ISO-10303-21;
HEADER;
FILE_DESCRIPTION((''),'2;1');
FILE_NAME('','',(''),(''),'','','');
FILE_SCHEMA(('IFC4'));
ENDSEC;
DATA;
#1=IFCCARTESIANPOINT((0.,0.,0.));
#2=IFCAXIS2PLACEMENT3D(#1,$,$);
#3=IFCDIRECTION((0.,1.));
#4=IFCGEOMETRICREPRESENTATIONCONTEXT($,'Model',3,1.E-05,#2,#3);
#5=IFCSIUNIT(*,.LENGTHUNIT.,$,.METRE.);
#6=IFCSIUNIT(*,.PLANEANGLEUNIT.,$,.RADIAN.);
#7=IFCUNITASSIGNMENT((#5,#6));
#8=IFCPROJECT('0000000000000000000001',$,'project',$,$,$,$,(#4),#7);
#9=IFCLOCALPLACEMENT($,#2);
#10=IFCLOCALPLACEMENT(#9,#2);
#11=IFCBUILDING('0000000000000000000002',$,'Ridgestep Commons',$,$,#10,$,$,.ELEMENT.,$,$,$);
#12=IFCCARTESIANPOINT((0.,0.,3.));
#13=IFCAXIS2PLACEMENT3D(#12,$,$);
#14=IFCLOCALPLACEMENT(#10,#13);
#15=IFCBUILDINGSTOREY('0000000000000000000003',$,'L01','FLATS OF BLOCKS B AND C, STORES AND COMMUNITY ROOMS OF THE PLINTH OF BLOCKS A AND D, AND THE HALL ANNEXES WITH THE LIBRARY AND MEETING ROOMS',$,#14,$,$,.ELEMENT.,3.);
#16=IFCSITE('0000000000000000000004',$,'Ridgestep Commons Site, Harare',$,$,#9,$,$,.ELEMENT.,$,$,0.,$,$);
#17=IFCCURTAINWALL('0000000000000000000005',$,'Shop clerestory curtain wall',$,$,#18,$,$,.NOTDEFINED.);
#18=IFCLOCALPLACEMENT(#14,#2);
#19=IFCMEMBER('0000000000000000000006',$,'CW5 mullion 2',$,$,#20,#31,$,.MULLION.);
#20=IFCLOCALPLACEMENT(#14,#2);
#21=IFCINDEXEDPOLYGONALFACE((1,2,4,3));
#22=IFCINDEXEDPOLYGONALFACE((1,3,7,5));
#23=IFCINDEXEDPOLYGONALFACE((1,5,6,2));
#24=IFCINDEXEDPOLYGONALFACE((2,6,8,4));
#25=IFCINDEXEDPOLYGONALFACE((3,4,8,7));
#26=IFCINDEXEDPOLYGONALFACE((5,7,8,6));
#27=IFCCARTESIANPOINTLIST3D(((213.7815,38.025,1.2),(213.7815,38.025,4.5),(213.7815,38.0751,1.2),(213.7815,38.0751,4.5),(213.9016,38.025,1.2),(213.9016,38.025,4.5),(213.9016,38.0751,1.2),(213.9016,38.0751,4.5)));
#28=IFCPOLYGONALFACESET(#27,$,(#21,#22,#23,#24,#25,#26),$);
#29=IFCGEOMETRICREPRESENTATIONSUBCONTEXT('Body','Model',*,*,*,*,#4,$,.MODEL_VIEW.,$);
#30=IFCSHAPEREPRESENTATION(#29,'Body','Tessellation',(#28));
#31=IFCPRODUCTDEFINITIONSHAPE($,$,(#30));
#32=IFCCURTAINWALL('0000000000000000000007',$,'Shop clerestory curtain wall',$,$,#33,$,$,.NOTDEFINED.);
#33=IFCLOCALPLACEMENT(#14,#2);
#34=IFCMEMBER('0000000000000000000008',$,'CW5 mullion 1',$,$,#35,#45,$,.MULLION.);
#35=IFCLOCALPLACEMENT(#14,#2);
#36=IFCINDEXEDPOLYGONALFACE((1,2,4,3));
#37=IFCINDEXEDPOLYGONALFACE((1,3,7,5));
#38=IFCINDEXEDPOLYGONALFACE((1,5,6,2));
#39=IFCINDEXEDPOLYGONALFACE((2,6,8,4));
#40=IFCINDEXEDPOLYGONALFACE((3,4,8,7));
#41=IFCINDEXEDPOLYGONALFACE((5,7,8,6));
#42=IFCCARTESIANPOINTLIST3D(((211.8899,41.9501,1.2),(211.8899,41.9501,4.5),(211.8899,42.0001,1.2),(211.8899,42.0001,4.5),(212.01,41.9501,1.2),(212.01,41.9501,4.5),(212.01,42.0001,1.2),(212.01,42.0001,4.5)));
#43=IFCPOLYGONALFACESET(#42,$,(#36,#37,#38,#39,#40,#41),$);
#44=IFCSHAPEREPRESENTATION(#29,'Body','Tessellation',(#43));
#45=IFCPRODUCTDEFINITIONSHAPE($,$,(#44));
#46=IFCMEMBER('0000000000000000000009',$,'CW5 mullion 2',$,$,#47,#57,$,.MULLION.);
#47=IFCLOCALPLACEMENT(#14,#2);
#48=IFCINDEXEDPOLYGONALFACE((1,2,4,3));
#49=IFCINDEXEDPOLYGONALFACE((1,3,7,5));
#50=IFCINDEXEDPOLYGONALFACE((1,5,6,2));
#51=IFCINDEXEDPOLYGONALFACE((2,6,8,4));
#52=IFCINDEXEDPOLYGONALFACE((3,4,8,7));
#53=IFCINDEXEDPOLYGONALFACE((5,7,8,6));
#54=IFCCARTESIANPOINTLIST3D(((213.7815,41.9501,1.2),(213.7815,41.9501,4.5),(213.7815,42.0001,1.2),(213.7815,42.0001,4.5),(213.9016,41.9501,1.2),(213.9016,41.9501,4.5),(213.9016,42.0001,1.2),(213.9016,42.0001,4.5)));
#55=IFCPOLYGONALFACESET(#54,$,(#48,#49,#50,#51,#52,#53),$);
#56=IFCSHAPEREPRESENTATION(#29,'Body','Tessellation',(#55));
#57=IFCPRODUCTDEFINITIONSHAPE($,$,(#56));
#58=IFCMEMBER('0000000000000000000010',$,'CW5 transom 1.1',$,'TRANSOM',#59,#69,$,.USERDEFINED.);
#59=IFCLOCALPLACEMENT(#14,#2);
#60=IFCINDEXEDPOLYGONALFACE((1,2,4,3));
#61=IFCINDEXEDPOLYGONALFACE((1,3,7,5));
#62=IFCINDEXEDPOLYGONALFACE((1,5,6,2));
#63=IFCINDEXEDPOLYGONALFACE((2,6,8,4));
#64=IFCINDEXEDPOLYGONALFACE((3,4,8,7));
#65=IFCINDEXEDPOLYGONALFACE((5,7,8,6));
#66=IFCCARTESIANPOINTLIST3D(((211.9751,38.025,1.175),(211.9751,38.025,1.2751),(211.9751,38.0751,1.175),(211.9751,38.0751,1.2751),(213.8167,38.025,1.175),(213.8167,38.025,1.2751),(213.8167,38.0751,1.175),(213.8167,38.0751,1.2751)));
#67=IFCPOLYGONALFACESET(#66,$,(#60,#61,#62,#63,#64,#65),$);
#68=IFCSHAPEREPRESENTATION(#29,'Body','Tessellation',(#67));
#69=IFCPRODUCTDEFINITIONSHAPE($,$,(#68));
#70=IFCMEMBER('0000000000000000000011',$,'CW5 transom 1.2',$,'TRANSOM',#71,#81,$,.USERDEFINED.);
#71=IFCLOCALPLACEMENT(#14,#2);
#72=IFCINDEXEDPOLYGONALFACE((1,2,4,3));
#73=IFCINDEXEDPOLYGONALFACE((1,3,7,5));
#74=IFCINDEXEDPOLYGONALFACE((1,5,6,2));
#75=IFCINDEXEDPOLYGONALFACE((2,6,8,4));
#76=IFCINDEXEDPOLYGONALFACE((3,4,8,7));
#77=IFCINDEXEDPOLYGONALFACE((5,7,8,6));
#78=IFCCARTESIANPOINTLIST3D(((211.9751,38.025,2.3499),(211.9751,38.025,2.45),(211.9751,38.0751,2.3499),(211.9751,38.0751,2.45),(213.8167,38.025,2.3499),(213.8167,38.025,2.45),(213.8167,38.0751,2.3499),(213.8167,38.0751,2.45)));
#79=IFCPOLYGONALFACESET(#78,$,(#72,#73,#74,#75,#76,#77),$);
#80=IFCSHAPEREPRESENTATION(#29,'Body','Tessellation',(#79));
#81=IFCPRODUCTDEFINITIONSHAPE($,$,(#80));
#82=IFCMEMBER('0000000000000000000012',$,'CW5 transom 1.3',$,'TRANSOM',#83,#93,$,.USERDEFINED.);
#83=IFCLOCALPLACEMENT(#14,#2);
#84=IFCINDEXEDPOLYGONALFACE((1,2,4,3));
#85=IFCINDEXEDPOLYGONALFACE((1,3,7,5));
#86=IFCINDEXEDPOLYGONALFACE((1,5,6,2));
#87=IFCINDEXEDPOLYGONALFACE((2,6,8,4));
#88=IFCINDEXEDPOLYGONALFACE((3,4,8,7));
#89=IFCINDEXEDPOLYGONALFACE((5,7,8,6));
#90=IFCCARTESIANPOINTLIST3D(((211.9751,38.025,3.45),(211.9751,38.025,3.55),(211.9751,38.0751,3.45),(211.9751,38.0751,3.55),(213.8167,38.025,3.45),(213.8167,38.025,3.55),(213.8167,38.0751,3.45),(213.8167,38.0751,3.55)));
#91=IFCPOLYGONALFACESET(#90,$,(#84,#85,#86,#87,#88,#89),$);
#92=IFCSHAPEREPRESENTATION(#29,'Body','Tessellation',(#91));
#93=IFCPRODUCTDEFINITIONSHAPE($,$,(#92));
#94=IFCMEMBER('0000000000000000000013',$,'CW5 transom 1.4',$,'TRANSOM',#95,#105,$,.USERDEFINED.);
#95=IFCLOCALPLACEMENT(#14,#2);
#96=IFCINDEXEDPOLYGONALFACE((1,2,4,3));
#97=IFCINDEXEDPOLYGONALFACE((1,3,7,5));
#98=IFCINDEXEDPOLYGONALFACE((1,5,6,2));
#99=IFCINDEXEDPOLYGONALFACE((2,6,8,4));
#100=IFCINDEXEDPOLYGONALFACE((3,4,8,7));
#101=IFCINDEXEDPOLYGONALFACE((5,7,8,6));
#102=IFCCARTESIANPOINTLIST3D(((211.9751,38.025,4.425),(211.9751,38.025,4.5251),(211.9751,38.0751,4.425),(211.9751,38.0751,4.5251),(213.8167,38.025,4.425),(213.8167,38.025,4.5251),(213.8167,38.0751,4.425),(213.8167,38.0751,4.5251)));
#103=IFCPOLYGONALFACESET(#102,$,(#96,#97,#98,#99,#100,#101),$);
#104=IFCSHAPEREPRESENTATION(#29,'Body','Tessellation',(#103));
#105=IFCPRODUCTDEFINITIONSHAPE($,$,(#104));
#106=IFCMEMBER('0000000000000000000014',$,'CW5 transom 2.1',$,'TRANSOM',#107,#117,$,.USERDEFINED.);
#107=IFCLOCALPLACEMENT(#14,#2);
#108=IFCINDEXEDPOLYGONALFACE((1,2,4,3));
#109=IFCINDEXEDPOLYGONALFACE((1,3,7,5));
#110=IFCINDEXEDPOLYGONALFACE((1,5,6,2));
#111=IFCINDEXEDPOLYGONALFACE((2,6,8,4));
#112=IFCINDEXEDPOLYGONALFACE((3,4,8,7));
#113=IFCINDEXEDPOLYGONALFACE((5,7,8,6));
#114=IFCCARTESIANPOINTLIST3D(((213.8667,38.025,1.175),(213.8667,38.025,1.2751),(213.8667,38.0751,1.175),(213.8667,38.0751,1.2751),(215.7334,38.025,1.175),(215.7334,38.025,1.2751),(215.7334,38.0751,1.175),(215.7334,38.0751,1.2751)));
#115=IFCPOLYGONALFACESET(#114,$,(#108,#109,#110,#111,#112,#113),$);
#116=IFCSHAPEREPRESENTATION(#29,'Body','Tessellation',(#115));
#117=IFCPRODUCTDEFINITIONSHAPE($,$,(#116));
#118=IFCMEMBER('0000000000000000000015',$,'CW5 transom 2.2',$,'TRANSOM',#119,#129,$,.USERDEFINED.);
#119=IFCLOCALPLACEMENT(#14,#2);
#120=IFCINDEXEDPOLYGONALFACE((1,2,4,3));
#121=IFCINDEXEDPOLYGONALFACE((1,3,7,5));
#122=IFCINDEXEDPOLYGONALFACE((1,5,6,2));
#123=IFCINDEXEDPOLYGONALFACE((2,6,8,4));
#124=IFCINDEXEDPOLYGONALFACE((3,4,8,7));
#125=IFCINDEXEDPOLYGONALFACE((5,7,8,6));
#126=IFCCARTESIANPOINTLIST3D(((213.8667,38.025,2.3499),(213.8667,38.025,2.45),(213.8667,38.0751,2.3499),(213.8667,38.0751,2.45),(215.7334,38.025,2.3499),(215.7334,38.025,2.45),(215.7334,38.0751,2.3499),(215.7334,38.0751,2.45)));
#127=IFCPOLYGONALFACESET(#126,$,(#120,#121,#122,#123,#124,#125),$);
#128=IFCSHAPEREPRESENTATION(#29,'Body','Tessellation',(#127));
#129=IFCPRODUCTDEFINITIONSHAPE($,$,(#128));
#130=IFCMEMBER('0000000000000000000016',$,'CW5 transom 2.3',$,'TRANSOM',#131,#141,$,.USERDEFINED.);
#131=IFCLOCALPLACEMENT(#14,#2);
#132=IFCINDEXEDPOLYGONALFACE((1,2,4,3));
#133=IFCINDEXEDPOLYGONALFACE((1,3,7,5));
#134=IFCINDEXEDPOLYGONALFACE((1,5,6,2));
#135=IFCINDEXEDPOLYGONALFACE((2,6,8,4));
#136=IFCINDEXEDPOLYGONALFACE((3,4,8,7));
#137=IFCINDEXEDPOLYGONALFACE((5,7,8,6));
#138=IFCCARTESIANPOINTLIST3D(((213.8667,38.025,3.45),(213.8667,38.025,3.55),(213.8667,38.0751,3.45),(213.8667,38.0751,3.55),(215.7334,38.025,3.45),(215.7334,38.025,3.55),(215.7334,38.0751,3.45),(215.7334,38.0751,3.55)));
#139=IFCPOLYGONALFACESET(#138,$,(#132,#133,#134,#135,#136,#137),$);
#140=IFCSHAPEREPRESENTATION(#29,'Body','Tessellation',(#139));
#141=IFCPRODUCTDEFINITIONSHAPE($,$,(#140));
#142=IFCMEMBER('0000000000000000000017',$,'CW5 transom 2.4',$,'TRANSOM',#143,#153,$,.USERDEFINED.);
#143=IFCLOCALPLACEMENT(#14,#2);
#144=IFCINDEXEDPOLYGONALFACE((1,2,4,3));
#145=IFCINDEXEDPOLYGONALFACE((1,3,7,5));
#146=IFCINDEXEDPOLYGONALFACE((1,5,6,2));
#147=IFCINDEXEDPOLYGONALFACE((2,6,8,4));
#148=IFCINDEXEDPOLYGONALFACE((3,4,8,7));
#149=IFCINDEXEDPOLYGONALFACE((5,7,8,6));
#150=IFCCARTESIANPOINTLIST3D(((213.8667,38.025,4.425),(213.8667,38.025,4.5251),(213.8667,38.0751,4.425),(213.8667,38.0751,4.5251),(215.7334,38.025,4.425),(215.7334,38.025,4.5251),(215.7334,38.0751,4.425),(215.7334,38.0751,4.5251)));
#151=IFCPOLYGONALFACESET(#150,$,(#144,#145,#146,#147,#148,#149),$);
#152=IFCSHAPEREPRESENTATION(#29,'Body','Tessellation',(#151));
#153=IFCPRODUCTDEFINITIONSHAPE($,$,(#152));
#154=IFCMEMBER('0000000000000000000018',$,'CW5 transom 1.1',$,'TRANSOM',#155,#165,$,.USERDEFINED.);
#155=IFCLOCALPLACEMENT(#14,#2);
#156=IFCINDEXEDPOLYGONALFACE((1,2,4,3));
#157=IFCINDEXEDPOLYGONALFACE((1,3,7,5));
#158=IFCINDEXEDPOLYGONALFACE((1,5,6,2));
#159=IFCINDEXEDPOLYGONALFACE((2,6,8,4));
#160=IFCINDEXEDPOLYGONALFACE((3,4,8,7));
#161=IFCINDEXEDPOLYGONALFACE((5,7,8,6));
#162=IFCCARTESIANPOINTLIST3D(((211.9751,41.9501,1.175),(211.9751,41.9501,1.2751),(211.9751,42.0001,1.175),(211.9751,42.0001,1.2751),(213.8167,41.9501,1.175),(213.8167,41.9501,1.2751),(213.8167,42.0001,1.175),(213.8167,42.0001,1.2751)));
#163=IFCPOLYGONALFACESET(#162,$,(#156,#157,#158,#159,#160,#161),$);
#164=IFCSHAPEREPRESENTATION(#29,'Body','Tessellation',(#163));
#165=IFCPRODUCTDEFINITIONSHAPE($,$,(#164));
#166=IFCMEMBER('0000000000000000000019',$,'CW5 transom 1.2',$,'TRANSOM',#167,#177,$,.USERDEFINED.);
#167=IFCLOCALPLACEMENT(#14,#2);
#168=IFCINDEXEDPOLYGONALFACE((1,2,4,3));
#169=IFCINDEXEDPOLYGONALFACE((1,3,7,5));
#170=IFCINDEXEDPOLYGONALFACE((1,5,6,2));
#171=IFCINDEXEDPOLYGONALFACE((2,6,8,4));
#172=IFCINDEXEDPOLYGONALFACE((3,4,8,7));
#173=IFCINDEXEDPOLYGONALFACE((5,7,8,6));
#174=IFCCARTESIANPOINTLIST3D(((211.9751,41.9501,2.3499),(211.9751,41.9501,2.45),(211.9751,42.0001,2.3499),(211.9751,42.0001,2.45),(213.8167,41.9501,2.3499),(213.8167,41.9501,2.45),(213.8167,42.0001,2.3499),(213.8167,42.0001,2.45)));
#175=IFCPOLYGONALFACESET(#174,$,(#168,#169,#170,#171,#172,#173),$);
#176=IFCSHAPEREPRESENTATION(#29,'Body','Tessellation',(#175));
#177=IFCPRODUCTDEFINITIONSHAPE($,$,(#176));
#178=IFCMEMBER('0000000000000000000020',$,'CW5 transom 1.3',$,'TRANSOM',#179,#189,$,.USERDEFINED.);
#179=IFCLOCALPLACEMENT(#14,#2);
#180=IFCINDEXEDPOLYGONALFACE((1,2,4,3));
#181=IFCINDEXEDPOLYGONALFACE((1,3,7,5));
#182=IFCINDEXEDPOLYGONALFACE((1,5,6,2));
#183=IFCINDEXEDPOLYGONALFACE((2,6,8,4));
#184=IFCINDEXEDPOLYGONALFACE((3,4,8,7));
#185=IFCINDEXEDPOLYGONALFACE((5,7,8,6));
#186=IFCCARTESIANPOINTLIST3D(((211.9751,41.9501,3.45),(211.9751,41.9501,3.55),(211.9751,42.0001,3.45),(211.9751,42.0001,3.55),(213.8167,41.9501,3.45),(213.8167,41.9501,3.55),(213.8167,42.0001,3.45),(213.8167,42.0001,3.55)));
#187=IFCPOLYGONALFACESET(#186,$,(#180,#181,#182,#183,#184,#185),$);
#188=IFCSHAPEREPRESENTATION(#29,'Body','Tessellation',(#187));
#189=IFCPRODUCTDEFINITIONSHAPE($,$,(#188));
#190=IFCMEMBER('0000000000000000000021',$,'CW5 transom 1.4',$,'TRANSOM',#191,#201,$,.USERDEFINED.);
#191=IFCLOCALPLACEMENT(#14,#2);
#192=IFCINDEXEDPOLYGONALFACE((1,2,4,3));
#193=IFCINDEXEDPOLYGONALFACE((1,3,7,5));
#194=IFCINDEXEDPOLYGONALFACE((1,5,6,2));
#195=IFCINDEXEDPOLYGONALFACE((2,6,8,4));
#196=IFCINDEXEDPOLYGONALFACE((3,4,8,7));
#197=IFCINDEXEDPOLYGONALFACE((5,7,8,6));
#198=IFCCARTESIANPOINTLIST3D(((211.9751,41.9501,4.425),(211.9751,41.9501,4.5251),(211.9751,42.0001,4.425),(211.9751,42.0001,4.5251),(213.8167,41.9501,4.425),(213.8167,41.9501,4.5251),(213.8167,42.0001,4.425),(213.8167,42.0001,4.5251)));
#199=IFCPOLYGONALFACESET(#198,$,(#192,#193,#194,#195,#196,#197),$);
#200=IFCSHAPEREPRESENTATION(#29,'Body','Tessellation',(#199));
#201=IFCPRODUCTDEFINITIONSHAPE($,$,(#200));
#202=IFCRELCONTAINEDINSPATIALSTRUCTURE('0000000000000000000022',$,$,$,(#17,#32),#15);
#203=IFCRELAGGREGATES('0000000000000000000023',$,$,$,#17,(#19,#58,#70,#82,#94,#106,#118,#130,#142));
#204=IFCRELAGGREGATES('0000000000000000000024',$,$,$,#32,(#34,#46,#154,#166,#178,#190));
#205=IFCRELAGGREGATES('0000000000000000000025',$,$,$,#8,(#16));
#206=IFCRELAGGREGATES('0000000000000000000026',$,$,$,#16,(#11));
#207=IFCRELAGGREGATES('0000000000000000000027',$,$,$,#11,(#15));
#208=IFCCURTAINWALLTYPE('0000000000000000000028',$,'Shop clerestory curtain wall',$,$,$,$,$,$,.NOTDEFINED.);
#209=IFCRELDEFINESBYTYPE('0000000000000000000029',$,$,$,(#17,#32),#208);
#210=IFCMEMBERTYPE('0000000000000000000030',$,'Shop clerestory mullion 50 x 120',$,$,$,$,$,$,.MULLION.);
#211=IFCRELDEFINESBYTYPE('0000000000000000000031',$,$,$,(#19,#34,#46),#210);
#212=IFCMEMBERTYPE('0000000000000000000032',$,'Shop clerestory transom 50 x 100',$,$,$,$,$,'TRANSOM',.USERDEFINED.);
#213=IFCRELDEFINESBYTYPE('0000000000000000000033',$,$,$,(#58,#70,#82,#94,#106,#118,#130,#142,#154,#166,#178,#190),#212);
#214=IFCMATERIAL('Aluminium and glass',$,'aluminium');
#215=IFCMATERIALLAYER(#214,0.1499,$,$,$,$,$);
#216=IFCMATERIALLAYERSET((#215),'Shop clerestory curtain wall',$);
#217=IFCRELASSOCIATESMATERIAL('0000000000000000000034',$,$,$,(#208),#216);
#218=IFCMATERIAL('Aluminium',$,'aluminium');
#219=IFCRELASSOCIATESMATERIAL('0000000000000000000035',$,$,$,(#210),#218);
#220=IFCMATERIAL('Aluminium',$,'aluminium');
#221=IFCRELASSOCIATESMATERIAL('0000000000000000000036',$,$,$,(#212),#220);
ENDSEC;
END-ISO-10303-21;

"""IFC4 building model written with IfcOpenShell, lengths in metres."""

from ifc_helpers import new_model, si_unit, direction, frame, origin, origin_2d, place, context, subcontext, project, spatial, rectangle, extrude, material, layer, layer_set, material_profile, profile_set, type_object, element, aggregate, save


model = new_model("IFC4")

# Units and contexts
model_context = context("Model", 3, precision=1e-05, world=origin(), true_north=direction((0.0, 1.0)))
body_context = subcontext(model_context, "Body", "Model", "MODEL_VIEW")
ifc_project = project(units=[si_unit("LENGTHUNIT", "METRE"), si_unit("PLANEANGLEUNIT", "RADIAN")], contexts=[model_context])

# Site, building, storey
site_placement = place(None, origin())
site = spatial("IfcSite", under=ifc_project, at=site_placement, Name="Ridgestep Commons Site, Harare", CompositionType="ELEMENT", RefElevation=0.0)
building_placement = place(site_placement, origin())
building = spatial("IfcBuilding", under=site, at=building_placement, Name="Ridgestep Commons", CompositionType="ELEMENT")
storey_placement = place(building_placement, frame((0.0, 0.0, 3.0)))
storey = spatial("IfcBuildingStorey", under=building, at=storey_placement, Name="L01", Description="FLATS OF BLOCKS B AND C, STORES AND COMMUNITY ROOMS OF THE PLINTH OF BLOCKS A AND D, AND THE HALL ANNEXES WITH THE LIBRARY AND MEETING ROOMS", CompositionType="ELEMENT", Elevation=3.0)

# Curtain wall, member
ifc_material_1 = material(Name="Aluminium and glass", Category="aluminium")
ifc_layer_1 = layer(ifc_material_1, 0.1499)
ifc_layer_set_1 = layer_set([ifc_layer_1], Name="Shop clerestory curtain wall")
curtain_wall_type = type_object("IfcCurtainWallType", Name="Shop clerestory curtain wall", PredefinedType="NOTDEFINED", material=ifc_layer_set_1)
curtain_wall_1_placement = place(storey_placement, origin())
curtain_wall_1 = element("IfcCurtainWall", 1, at=curtain_wall_1_placement, inside=storey, type_object=curtain_wall_type, Name="Shop clerestory curtain wall", PredefinedType="NOTDEFINED")
ifc_material_2 = material(Name="Aluminium", Category="aluminium")
ifc_material_profile_1 = material_profile(ifc_material_2, rectangle(XDim=0.05, YDim=0.1201, at=origin_2d()), Name="Shop clerestory mullion 50 x 120")
ifc_profile_set_1 = profile_set([ifc_material_profile_1], Name="Aluminium")
member_type_1 = type_object("IfcMemberType", Name="Shop clerestory mullion 50 x 120", PredefinedType="MULLION", material=ifc_profile_set_1)
member_1_placement = place(storey_placement, frame((213.8416, 38.05, 1.2), z_axis=(0.0, 0.0, 1.0), x_axis=(0.0, 1.0, 0.0)))
member_1 = element("IfcMember", 2, at=member_1_placement, type_object=member_type_1, Name="CW5 mullion 2", PredefinedType="MULLION", context=body_context, shape_type="SweptSolid", body=[
    extrude(rectangle(XDim=0.05, YDim=0.1201, at=origin_2d()), origin(), (0.0, 0.0, 1.0), 3.3),
])

# Curtain wall, members
curtain_wall_2_placement = place(storey_placement, origin())
curtain_wall_2 = element("IfcCurtainWall", 3, at=curtain_wall_2_placement, inside=storey, type_object=curtain_wall_type, Name="Shop clerestory curtain wall", PredefinedType="NOTDEFINED")
member_2_placement = place(storey_placement, frame((211.95, 41.9751, 1.2), z_axis=(0.0, 0.0, 1.0), x_axis=(0.0, 1.0, 0.0)))
member_2 = element("IfcMember", 4, at=member_2_placement, type_object=member_type_1, Name="CW5 mullion 1", PredefinedType="MULLION", context=body_context, shape_type="SweptSolid", body=[
    extrude(rectangle(XDim=0.05, YDim=0.1201, at=origin_2d()), origin(), (0.0, 0.0, 1.0), 3.3),
])
member_3_placement = place(storey_placement, frame((213.8416, 41.9751, 1.2), z_axis=(0.0, 0.0, 1.0), x_axis=(0.0, 1.0, 0.0)))
member_3 = element("IfcMember", 5, at=member_3_placement, type_object=member_type_1, Name="CW5 mullion 2", PredefinedType="MULLION", context=body_context, shape_type="SweptSolid", body=[
    extrude(rectangle(XDim=0.05, YDim=0.1201, at=origin_2d()), origin(), (0.0, 0.0, 1.0), 3.3),
])

# Members
ifc_material_3 = material(Name="Aluminium", Category="aluminium")
ifc_material_profile_2 = material_profile(ifc_material_3, rectangle(XDim=0.05, YDim=0.1001, at=origin_2d()), Name="Shop clerestory transom 50 x 100")
ifc_profile_set_2 = profile_set([ifc_material_profile_2], Name="Aluminium")
member_type_2 = type_object("IfcMemberType", Name="Shop clerestory transom 50 x 100", ElementType="TRANSOM", PredefinedType="USERDEFINED", material=ifc_profile_set_2)
member_4_placement = place(storey_placement, frame((211.9751, 38.05, 1.2251), z_axis=(1.0, 0.0, 0.0), x_axis=(0.0, 1.0, 0.0)))
member_4 = element("IfcMember", 6, at=member_4_placement, type_object=member_type_2, Name="CW5 transom 1.1", ObjectType="TRANSOM", PredefinedType="USERDEFINED", context=body_context, shape_type="SweptSolid", body=[
    extrude(rectangle(XDim=0.05, YDim=0.1001, at=origin_2d()), origin(), (0.0, 0.0, 1.0), 1.8416),
])
member_5_placement = place(storey_placement, frame((211.9751, 38.05, 2.3999), z_axis=(1.0, 0.0, 0.0), x_axis=(0.0, 1.0, 0.0)))
member_5 = element("IfcMember", 7, at=member_5_placement, type_object=member_type_2, Name="CW5 transom 1.2", ObjectType="TRANSOM", PredefinedType="USERDEFINED", context=body_context, shape_type="SweptSolid", body=[
    extrude(rectangle(XDim=0.05, YDim=0.1001, at=origin_2d()), origin(), (0.0, 0.0, 1.0), 1.8416),
])
member_6_placement = place(storey_placement, frame((211.9751, 38.05, 3.5), z_axis=(1.0, 0.0, 0.0), x_axis=(0.0, 1.0, 0.0)))
member_6 = element("IfcMember", 8, at=member_6_placement, type_object=member_type_2, Name="CW5 transom 1.3", ObjectType="TRANSOM", PredefinedType="USERDEFINED", context=body_context, shape_type="SweptSolid", body=[
    extrude(rectangle(XDim=0.05, YDim=0.1001, at=origin_2d()), origin(), (0.0, 0.0, 1.0), 1.8416),
])
member_7_placement = place(storey_placement, frame((211.9751, 38.05, 4.4751), z_axis=(1.0, 0.0, 0.0), x_axis=(0.0, 1.0, 0.0)))
member_7 = element("IfcMember", 9, at=member_7_placement, type_object=member_type_2, Name="CW5 transom 1.4", ObjectType="TRANSOM", PredefinedType="USERDEFINED", context=body_context, shape_type="SweptSolid", body=[
    extrude(rectangle(XDim=0.05, YDim=0.1001, at=origin_2d()), origin(), (0.0, 0.0, 1.0), 1.8416),
])
member_8_placement = place(storey_placement, frame((213.8667, 38.05, 1.2251), z_axis=(1.0, 0.0, 0.0), x_axis=(0.0, 1.0, 0.0)))
member_8 = element("IfcMember", 10, at=member_8_placement, type_object=member_type_2, Name="CW5 transom 2.1", ObjectType="TRANSOM", PredefinedType="USERDEFINED", context=body_context, shape_type="SweptSolid", body=[
    extrude(rectangle(XDim=0.05, YDim=0.1001, at=origin_2d()), origin(), (0.0, 0.0, 1.0), 1.8667),
])
member_9_placement = place(storey_placement, frame((213.8667, 38.05, 2.3999), z_axis=(1.0, 0.0, 0.0), x_axis=(0.0, 1.0, 0.0)))
member_9 = element("IfcMember", 11, at=member_9_placement, type_object=member_type_2, Name="CW5 transom 2.2", ObjectType="TRANSOM", PredefinedType="USERDEFINED", context=body_context, shape_type="SweptSolid", body=[
    extrude(rectangle(XDim=0.05, YDim=0.1001, at=origin_2d()), origin(), (0.0, 0.0, 1.0), 1.8667),
])
member_10_placement = place(storey_placement, frame((213.8667, 38.05, 3.5), z_axis=(1.0, 0.0, 0.0), x_axis=(0.0, 1.0, 0.0)))
member_10 = element("IfcMember", 12, at=member_10_placement, type_object=member_type_2, Name="CW5 transom 2.3", ObjectType="TRANSOM", PredefinedType="USERDEFINED", context=body_context, shape_type="SweptSolid", body=[
    extrude(rectangle(XDim=0.05, YDim=0.1001, at=origin_2d()), origin(), (0.0, 0.0, 1.0), 1.8667),
])
member_11_placement = place(storey_placement, frame((213.8667, 38.05, 4.4751), z_axis=(1.0, 0.0, 0.0), x_axis=(0.0, 1.0, 0.0)))
member_11 = element("IfcMember", 13, at=member_11_placement, type_object=member_type_2, Name="CW5 transom 2.4", ObjectType="TRANSOM", PredefinedType="USERDEFINED", context=body_context, shape_type="SweptSolid", body=[
    extrude(rectangle(XDim=0.05, YDim=0.1001, at=origin_2d()), origin(), (0.0, 0.0, 1.0), 1.8667),
])
member_12_placement = place(storey_placement, frame((211.9751, 41.9751, 1.2251), z_axis=(1.0, 0.0, 0.0), x_axis=(0.0, 1.0, 0.0)))
member_12 = element("IfcMember", 14, at=member_12_placement, type_object=member_type_2, Name="CW5 transom 1.1", ObjectType="TRANSOM", PredefinedType="USERDEFINED", context=body_context, shape_type="SweptSolid", body=[
    extrude(rectangle(XDim=0.05, YDim=0.1001, at=origin_2d()), origin(), (0.0, 0.0, 1.0), 1.8416),
])
member_13_placement = place(storey_placement, frame((211.9751, 41.9751, 2.3999), z_axis=(1.0, 0.0, 0.0), x_axis=(0.0, 1.0, 0.0)))
member_13 = element("IfcMember", 15, at=member_13_placement, type_object=member_type_2, Name="CW5 transom 1.2", ObjectType="TRANSOM", PredefinedType="USERDEFINED", context=body_context, shape_type="SweptSolid", body=[
    extrude(rectangle(XDim=0.05, YDim=0.1001, at=origin_2d()), origin(), (0.0, 0.0, 1.0), 1.8416),
])
member_14_placement = place(storey_placement, frame((211.9751, 41.9751, 3.5), z_axis=(1.0, 0.0, 0.0), x_axis=(0.0, 1.0, 0.0)))
member_14 = element("IfcMember", 16, at=member_14_placement, type_object=member_type_2, Name="CW5 transom 1.3", ObjectType="TRANSOM", PredefinedType="USERDEFINED", context=body_context, shape_type="SweptSolid", body=[
    extrude(rectangle(XDim=0.05, YDim=0.1001, at=origin_2d()), origin(), (0.0, 0.0, 1.0), 1.8416),
])
member_15_placement = place(storey_placement, frame((211.9751, 41.9751, 4.4751), z_axis=(1.0, 0.0, 0.0), x_axis=(0.0, 1.0, 0.0)))
member_15 = element("IfcMember", 17, at=member_15_placement, type_object=member_type_2, Name="CW5 transom 1.4", ObjectType="TRANSOM", PredefinedType="USERDEFINED", context=body_context, shape_type="SweptSolid", body=[
    extrude(rectangle(XDim=0.05, YDim=0.1001, at=origin_2d()), origin(), (0.0, 0.0, 1.0), 1.8416),
])

aggregate(curtain_wall_1, [member_1, member_4, member_5, member_6, member_7, member_8, member_9, member_10, member_11])
aggregate(curtain_wall_2, [member_2, member_3, member_12, member_13, member_14, member_15])

save(model, "model.ifc")
